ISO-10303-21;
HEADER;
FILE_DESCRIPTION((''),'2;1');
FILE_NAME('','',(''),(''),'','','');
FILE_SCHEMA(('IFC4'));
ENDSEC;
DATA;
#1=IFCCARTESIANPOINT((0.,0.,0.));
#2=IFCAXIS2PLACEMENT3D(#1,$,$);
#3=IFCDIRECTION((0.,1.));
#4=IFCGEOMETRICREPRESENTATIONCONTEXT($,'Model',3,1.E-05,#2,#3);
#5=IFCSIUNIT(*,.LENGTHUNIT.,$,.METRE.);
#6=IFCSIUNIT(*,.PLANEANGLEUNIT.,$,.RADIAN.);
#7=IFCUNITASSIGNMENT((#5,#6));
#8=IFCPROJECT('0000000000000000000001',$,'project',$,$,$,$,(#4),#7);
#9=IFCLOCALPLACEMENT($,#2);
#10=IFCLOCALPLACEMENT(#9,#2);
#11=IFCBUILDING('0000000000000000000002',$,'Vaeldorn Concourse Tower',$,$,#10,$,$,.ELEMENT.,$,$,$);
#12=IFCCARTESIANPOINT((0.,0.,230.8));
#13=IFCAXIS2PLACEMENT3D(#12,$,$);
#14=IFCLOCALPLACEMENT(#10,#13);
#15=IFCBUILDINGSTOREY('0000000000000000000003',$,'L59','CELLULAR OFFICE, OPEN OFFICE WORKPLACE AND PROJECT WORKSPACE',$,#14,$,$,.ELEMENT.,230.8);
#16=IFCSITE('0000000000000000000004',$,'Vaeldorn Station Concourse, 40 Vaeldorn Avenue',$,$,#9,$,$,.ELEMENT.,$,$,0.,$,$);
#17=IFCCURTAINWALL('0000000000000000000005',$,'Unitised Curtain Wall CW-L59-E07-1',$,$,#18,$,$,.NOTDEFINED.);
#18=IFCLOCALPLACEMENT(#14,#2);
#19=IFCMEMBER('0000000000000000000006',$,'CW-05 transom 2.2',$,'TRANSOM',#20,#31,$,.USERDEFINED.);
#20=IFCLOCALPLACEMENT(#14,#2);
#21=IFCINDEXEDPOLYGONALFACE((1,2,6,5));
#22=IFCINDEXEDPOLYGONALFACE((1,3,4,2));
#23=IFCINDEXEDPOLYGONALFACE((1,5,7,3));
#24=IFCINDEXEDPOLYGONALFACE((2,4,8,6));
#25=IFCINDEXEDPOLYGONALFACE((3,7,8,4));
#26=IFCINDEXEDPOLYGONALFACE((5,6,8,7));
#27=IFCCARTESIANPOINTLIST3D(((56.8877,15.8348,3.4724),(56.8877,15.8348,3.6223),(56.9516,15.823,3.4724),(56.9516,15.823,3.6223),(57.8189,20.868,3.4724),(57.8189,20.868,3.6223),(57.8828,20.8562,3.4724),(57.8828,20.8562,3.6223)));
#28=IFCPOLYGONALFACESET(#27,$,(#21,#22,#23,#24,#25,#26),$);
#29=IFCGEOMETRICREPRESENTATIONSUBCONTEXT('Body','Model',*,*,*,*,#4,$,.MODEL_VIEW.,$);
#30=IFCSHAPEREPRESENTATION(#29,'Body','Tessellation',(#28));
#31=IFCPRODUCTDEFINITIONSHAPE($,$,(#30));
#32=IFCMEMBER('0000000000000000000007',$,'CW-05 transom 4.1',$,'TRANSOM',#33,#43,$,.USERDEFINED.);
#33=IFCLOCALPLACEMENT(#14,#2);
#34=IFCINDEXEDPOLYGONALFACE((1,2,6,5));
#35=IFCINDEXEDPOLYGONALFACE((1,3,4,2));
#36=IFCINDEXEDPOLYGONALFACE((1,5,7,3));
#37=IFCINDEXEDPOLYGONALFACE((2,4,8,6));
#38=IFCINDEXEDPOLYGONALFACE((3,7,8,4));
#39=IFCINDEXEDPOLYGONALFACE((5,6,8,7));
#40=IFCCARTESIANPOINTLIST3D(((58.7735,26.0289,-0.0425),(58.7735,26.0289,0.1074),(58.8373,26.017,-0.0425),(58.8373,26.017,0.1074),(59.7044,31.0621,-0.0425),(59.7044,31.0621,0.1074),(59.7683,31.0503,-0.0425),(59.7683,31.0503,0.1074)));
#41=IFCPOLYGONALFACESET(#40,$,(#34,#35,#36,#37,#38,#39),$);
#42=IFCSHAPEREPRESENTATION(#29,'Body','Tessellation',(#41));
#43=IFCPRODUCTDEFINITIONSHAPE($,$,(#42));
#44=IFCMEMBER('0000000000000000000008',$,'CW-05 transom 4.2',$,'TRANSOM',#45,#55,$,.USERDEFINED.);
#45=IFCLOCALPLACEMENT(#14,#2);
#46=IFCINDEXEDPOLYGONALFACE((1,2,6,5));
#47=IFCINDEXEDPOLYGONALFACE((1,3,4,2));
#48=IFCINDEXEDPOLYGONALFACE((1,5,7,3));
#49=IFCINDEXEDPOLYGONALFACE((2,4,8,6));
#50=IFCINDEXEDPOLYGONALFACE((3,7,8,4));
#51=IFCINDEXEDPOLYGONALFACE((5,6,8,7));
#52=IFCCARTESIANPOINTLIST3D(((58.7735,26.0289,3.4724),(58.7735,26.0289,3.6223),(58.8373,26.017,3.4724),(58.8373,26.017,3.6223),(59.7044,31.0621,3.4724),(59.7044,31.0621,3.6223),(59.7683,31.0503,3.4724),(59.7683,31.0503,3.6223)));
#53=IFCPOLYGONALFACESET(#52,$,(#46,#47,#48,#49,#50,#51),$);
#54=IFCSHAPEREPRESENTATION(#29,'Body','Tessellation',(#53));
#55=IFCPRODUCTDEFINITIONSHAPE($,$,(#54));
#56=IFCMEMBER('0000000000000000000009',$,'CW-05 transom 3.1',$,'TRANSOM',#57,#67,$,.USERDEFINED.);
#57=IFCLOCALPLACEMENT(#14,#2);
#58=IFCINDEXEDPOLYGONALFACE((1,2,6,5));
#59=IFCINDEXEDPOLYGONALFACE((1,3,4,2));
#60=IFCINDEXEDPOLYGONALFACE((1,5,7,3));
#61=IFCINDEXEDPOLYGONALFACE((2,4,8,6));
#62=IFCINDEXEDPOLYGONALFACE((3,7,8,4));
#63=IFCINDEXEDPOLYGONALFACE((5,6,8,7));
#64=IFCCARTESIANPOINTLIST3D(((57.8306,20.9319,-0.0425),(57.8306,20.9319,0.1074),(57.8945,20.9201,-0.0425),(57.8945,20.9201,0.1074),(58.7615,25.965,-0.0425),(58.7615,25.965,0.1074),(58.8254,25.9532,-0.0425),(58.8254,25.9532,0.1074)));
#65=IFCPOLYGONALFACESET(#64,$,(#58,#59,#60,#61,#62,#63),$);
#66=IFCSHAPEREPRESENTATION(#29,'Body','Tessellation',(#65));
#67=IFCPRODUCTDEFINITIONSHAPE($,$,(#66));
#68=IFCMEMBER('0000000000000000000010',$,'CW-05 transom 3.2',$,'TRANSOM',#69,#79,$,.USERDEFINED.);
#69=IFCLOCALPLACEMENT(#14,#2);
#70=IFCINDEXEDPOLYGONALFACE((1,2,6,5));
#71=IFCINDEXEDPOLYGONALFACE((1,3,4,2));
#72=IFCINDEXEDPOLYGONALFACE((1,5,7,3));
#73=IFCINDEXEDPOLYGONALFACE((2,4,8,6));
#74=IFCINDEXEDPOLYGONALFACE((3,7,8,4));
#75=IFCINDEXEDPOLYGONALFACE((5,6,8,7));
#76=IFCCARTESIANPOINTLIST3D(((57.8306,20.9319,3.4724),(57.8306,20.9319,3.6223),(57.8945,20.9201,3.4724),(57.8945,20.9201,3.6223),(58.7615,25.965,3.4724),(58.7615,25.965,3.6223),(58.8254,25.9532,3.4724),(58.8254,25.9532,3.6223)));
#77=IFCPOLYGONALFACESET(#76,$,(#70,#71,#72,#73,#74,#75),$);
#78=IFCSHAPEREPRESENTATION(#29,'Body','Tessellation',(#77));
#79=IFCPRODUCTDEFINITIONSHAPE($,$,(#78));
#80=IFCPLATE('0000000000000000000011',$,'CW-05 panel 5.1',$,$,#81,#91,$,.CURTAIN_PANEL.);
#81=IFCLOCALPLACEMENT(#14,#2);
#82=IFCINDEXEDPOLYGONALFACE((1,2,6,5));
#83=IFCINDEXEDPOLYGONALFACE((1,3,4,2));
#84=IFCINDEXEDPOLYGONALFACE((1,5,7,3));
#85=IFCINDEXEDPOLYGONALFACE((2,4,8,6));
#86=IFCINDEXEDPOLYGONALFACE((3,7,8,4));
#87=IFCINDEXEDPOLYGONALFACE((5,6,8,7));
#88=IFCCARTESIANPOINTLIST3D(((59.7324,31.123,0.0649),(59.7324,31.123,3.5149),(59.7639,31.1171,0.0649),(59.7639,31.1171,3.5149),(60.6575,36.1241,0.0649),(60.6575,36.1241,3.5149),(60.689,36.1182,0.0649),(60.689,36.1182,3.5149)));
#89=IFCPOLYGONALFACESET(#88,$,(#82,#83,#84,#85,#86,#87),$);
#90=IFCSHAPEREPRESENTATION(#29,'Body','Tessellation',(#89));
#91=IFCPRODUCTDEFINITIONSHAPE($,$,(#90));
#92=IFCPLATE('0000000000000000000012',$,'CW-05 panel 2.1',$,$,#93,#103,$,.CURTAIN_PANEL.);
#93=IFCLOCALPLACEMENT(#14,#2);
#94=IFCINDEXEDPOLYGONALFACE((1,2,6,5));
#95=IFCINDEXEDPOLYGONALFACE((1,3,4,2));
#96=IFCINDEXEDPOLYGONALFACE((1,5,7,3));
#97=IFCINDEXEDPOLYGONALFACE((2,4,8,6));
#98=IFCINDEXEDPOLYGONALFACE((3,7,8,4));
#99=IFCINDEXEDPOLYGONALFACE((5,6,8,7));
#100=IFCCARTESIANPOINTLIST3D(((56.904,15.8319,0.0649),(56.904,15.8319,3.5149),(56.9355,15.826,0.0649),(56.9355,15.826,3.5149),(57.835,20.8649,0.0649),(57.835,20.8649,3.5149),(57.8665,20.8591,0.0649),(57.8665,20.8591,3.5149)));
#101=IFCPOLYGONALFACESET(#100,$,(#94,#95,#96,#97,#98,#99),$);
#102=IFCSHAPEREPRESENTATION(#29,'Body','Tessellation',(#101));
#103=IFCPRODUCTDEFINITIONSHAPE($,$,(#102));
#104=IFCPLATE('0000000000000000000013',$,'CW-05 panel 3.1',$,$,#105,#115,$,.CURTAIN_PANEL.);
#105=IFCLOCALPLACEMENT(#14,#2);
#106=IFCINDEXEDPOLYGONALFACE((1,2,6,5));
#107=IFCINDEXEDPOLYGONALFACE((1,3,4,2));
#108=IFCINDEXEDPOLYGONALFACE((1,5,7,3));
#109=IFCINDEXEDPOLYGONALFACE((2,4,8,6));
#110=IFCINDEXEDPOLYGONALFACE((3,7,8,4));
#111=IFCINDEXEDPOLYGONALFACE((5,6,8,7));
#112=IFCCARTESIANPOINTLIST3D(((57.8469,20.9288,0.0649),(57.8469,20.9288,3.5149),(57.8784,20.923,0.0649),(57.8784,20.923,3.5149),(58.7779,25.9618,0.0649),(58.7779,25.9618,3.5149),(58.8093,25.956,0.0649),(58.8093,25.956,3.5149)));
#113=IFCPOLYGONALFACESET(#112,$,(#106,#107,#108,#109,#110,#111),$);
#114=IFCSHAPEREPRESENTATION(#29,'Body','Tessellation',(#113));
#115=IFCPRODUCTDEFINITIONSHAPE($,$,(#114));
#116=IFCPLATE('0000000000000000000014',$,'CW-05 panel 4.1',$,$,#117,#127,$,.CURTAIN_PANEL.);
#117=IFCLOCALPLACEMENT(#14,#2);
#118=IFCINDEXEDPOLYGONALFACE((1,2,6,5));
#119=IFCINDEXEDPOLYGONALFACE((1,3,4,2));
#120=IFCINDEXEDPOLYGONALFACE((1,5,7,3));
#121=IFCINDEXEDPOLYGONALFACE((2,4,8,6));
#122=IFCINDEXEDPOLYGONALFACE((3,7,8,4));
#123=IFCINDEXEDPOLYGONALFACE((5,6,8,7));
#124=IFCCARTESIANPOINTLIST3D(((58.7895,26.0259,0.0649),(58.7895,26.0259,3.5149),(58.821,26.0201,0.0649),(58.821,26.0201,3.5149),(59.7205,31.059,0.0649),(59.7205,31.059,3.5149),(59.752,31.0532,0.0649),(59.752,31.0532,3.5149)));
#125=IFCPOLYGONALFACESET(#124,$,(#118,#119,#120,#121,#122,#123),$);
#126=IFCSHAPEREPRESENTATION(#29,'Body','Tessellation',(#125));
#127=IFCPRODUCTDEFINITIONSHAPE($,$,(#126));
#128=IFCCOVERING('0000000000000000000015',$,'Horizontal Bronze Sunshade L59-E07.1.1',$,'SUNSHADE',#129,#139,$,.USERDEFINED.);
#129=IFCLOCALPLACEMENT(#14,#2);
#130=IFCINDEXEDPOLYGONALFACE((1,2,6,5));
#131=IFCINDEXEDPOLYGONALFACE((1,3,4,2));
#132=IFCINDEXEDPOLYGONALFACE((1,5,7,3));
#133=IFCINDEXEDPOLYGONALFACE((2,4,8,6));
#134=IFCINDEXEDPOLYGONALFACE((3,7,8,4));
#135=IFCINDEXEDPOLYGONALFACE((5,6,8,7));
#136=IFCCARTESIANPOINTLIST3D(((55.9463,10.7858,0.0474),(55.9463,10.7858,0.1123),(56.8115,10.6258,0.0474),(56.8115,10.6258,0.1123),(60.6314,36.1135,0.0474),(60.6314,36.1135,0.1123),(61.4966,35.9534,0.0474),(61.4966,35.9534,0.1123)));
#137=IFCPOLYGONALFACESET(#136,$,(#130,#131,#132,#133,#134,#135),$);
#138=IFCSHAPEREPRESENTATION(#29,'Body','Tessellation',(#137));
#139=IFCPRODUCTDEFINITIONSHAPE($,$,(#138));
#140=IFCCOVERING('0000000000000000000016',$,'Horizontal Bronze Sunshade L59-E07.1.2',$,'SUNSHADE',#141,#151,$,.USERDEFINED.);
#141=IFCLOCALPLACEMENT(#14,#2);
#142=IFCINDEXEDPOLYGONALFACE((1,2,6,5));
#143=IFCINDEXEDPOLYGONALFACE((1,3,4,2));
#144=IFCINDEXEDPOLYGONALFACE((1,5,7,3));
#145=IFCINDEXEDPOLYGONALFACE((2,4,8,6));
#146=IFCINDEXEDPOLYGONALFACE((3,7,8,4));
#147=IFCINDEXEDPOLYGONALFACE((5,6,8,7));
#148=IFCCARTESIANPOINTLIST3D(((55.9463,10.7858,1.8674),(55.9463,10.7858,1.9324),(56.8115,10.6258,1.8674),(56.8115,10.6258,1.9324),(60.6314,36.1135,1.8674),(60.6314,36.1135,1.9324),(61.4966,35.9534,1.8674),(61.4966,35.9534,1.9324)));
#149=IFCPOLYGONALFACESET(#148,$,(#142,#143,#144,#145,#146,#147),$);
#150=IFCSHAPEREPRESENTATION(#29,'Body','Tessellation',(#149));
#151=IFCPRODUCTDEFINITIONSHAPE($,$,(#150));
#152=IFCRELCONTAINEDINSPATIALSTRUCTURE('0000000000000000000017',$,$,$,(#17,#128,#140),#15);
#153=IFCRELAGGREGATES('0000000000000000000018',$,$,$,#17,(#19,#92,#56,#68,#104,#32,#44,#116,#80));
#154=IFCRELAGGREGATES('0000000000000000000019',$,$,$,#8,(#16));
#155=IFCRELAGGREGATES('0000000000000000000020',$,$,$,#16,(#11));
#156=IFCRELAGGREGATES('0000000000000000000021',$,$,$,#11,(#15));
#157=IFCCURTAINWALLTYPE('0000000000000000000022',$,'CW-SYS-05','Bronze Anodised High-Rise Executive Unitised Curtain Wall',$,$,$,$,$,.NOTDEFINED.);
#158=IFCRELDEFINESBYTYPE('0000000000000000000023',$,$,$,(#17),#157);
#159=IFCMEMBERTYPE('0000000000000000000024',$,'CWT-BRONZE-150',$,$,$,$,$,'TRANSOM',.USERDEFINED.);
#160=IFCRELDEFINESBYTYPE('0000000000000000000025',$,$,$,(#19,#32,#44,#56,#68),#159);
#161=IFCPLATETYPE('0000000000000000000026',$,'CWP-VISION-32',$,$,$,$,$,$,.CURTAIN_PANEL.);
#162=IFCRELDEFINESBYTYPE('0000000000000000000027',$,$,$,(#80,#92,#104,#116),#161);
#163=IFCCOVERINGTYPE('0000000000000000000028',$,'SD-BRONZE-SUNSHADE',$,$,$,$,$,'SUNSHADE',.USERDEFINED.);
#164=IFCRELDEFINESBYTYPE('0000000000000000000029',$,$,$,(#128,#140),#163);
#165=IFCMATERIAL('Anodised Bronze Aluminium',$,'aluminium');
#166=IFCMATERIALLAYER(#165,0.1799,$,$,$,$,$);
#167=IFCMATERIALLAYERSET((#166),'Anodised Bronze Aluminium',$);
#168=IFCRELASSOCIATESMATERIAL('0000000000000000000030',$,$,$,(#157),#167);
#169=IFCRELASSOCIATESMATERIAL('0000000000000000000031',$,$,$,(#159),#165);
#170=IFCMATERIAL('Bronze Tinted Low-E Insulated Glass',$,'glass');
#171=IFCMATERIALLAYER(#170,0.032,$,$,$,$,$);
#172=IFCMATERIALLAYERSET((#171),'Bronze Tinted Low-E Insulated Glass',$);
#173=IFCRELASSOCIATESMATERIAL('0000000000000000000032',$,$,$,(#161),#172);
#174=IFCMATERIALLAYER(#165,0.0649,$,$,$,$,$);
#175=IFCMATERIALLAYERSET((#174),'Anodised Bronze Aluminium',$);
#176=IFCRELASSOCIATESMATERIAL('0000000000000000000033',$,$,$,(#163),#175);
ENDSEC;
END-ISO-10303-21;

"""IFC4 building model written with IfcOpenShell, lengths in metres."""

from ifc_helpers import new_model, si_unit, direction, frame, origin, origin_2d, place, context, subcontext, project, spatial, rectangle, extrude, source, transform, mapped, material, layer, layer_set, material_profile, profile_set, type_object, element, aggregate, save


model = new_model("IFC4")

# Units and contexts
model_context = context("Model", 3, precision=1e-05, world=origin(), true_north=direction((0.0, 1.0)))
body_context = subcontext(model_context, "Body", "Model", "MODEL_VIEW")
ifc_project = project(units=[si_unit("LENGTHUNIT", "METRE"), si_unit("PLANEANGLEUNIT", "RADIAN")], contexts=[model_context])

# Site, building, storey
site_placement = place(None, origin())
site = spatial("IfcSite", under=ifc_project, at=site_placement, Name="Vaeldorn Station Concourse, 40 Vaeldorn Avenue", CompositionType="ELEMENT", RefElevation=0.0)
building_placement = place(site_placement, origin())
building = spatial("IfcBuilding", under=site, at=building_placement, Name="Vaeldorn Concourse Tower", CompositionType="ELEMENT")
storey_placement = place(building_placement, frame((0.0, 0.0, 230.8)))
storey = spatial("IfcBuildingStorey", under=building, at=storey_placement, Name="L59", Description="CELLULAR OFFICE, OPEN OFFICE WORKPLACE AND PROJECT WORKSPACE", CompositionType="ELEMENT", Elevation=230.8)

# Curtain wall, members, plates
ifc_material_1 = material(Name="Anodised Bronze Aluminium", Category="aluminium")
ifc_layer_1 = layer(ifc_material_1, 0.1799)
ifc_layer_set_1 = layer_set([ifc_layer_1], Name="Anodised Bronze Aluminium")
curtain_wall_type = type_object("IfcCurtainWallType", Name="CW-SYS-05", Description="Bronze Anodised High-Rise Executive Unitised Curtain Wall", PredefinedType="NOTDEFINED", material=ifc_layer_set_1)
curtain_wall_placement = place(storey_placement, origin())
curtain_wall = element("IfcCurtainWall", 1, at=curtain_wall_placement, inside=storey, type_object=curtain_wall_type, Name="Unitised Curtain Wall CW-L59-E07-1", PredefinedType="NOTDEFINED")
ifc_material_profile_1 = material_profile(ifc_material_1, rectangle(XDim=0.0649, YDim=0.1499, at=origin_2d()), Name="CWT 65x150")
ifc_profile_set_1 = profile_set([ifc_material_profile_1], Name="Anodised Bronze Aluminium")
member_type_1 = type_object("IfcMemberType", Name="CWT-BRONZE-150", ElementType="TRANSOM", PredefinedType="USERDEFINED", material=ifc_profile_set_1)
shared_shape_1 = source(origin(), body_context, "Body", "SweptSolid", [
    extrude(rectangle(XDim=0.0649, YDim=0.1499, at=origin_2d()), origin(), (0.0, 0.0, 1.0), 5.1187),
])
member_1_placement = place(storey_placement, frame((56.9197, 15.8289, 3.5474), z_axis=(0.181915, 0.983314, 0.0), x_axis=(-0.983314, 0.181915, 0.0)))
member_1 = element("IfcMember", 2, at=member_1_placement, type_object=member_type_1, Name="CW-05 transom 2.2", ObjectType="TRANSOM", PredefinedType="USERDEFINED", context=body_context, shape_type="MappedRepresentation", body=[
    mapped(shared_shape_1, transform((0.0, 0.0, 0.0), scale=1.0)),
])
member_2_placement = place(storey_placement, frame((58.8054, 26.0229, 0.0325), z_axis=(0.181869, 0.983323, 0.0), x_axis=(-0.983323, 0.181869, 0.0)))
member_2 = element("IfcMember", 3, at=member_2_placement, type_object=member_type_1, Name="CW-05 transom 4.1", ObjectType="TRANSOM", PredefinedType="USERDEFINED", context=body_context, shape_type="MappedRepresentation", body=[
    mapped(shared_shape_1, transform((0.0, 0.0, 0.0), scale=1.0)),
])
member_3_placement = place(storey_placement, frame((58.8054, 26.0229, 3.5474), z_axis=(0.181869, 0.983323, 0.0), x_axis=(-0.983323, 0.181869, 0.0)))
member_3 = element("IfcMember", 4, at=member_3_placement, type_object=member_type_1, Name="CW-05 transom 4.2", ObjectType="TRANSOM", PredefinedType="USERDEFINED", context=body_context, shape_type="MappedRepresentation", body=[
    mapped(shared_shape_1, transform((0.0, 0.0, 0.0), scale=1.0)),
])
shared_shape_2 = source(origin(), body_context, "Body", "SweptSolid", [
    extrude(rectangle(XDim=0.0649, YDim=0.1499, at=origin_2d()), origin(), (0.0, 0.0, 1.0), 5.1184),
])
member_4_placement = place(storey_placement, frame((57.8625, 20.926, 0.0325), z_axis=(0.181877, 0.983321, 0.0), x_axis=(-0.983321, 0.181877, 0.0)))
member_4 = element("IfcMember", 5, at=member_4_placement, type_object=member_type_1, Name="CW-05 transom 3.1", ObjectType="TRANSOM", PredefinedType="USERDEFINED", context=body_context, shape_type="MappedRepresentation", body=[
    mapped(shared_shape_2, transform((0.0, 0.0, 0.0), scale=1.0)),
])
member_5_placement = place(storey_placement, frame((57.8625, 20.926, 3.5474), z_axis=(0.181877, 0.983321, 0.0), x_axis=(-0.983321, 0.181877, 0.0)))
member_5 = element("IfcMember", 6, at=member_5_placement, type_object=member_type_1, Name="CW-05 transom 3.2", ObjectType="TRANSOM", PredefinedType="USERDEFINED", context=body_context, shape_type="MappedRepresentation", body=[
    mapped(shared_shape_2, transform((0.0, 0.0, 0.0), scale=1.0)),
])
ifc_material_2 = material(Name="Bronze Tinted Low-E Insulated Glass", Category="glass")
ifc_layer_2 = layer(ifc_material_2, 0.032)
ifc_layer_set_2 = layer_set([ifc_layer_2], Name="Bronze Tinted Low-E Insulated Glass")
plate_type = type_object("IfcPlateType", Name="CWP-VISION-32", PredefinedType="CURTAIN_PANEL", material=ifc_layer_set_2)
shared_shape_3 = source(origin(), body_context, "Body", "SweptSolid", [
    extrude(rectangle(XDim=5.0859, YDim=0.032, at=origin_2d()), origin(), (0.0, 0.0, 1.0), 3.45),
])
plate_1_placement = place(storey_placement, frame((60.2107, 33.6206, 0.0649), z_axis=(0.0, 0.0, 1.0), x_axis=(0.18189, 0.983319, 0.0)))
plate_1 = element("IfcPlate", 7, at=plate_1_placement, type_object=plate_type, Name="CW-05 panel 5.1", PredefinedType="CURTAIN_PANEL", context=body_context, shape_type="MappedRepresentation", body=[
    mapped(shared_shape_3, transform((0.0, 0.0, 0.0), scale=1.0)),
])
shared_shape_4 = source(origin(), body_context, "Body", "SweptSolid", [
    extrude(rectangle(XDim=5.1184, YDim=0.032, at=origin_2d()), origin(), (0.0, 0.0, 1.0), 3.45),
])
plate_2_placement = place(storey_placement, frame((57.3853, 18.3455, 0.0649), z_axis=(0.0, 0.0, 1.0), x_axis=(0.18189, 0.983319, 0.0)))
plate_2 = element("IfcPlate", 8, at=plate_2_placement, type_object=plate_type, Name="CW-05 panel 2.1", PredefinedType="CURTAIN_PANEL", context=body_context, shape_type="MappedRepresentation", body=[
    mapped(shared_shape_4, transform((0.0, 0.0, 0.0), scale=1.0)),
])
plate_3_placement = place(storey_placement, frame((58.3281, 23.4424, 0.0649), z_axis=(0.0, 0.0, 1.0), x_axis=(0.18189, 0.983319, 0.0)))
plate_3 = element("IfcPlate", 9, at=plate_3_placement, type_object=plate_type, Name="CW-05 panel 3.1", PredefinedType="CURTAIN_PANEL", context=body_context, shape_type="MappedRepresentation", body=[
    mapped(shared_shape_4, transform((0.0, 0.0, 0.0), scale=1.0)),
])
plate_4_placement = place(storey_placement, frame((59.2708, 28.5396, 0.0649), z_axis=(0.0, 0.0, 1.0), x_axis=(0.18189, 0.983319, 0.0)))
plate_4 = element("IfcPlate", 10, at=plate_4_placement, type_object=plate_type, Name="CW-05 panel 4.1", PredefinedType="CURTAIN_PANEL", context=body_context, shape_type="MappedRepresentation", body=[
    mapped(shared_shape_4, transform((0.0, 0.0, 0.0), scale=1.0)),
])
aggregate(curtain_wall, [member_1, plate_2, member_4, member_5, plate_3, member_2, member_3, plate_4, plate_1])

# Coverings
ifc_layer_3 = layer(ifc_material_1, 0.0649)
ifc_layer_set_3 = layer_set([ifc_layer_3], Name="Anodised Bronze Aluminium")
covering_type = type_object("IfcCoveringType", Name="SD-BRONZE-SUNSHADE", ElementType="SUNSHADE", PredefinedType="USERDEFINED", material=ifc_layer_set_3)
shared_shape_5 = source(origin(), body_context, "Body", "SweptSolid", [
    extrude(rectangle(XDim=25.7573, YDim=0.8799, at=origin_2d()), origin(), (0.0, 0.0, 1.0), 0.0649),
])
for number, where, z_axis, x_axis, name in (
    (11, (58.7214, 23.3696, 0.0474), (0.0, 0.0, 1.0), (0.181892, 0.983318, 0.0), "Horizontal Bronze Sunshade L59-E07.1.1"),
    (12, (58.7214, 23.3696, 1.8674), (0.0, 0.0, 1.0), (0.181892, 0.983318, 0.0), "Horizontal Bronze Sunshade L59-E07.1.2"),
):
    element("IfcCovering", number, at=place(storey_placement, frame(where, z_axis=z_axis, x_axis=x_axis)), inside=storey, type_object=covering_type, Name=name, ObjectType="SUNSHADE", PredefinedType="USERDEFINED", context=body_context, shape_type="MappedRepresentation", body=[
        mapped(shared_shape_5, transform((0.0, 0.0, 0.0), scale=1.0)),
    ])

save(model, "model.ifc")
